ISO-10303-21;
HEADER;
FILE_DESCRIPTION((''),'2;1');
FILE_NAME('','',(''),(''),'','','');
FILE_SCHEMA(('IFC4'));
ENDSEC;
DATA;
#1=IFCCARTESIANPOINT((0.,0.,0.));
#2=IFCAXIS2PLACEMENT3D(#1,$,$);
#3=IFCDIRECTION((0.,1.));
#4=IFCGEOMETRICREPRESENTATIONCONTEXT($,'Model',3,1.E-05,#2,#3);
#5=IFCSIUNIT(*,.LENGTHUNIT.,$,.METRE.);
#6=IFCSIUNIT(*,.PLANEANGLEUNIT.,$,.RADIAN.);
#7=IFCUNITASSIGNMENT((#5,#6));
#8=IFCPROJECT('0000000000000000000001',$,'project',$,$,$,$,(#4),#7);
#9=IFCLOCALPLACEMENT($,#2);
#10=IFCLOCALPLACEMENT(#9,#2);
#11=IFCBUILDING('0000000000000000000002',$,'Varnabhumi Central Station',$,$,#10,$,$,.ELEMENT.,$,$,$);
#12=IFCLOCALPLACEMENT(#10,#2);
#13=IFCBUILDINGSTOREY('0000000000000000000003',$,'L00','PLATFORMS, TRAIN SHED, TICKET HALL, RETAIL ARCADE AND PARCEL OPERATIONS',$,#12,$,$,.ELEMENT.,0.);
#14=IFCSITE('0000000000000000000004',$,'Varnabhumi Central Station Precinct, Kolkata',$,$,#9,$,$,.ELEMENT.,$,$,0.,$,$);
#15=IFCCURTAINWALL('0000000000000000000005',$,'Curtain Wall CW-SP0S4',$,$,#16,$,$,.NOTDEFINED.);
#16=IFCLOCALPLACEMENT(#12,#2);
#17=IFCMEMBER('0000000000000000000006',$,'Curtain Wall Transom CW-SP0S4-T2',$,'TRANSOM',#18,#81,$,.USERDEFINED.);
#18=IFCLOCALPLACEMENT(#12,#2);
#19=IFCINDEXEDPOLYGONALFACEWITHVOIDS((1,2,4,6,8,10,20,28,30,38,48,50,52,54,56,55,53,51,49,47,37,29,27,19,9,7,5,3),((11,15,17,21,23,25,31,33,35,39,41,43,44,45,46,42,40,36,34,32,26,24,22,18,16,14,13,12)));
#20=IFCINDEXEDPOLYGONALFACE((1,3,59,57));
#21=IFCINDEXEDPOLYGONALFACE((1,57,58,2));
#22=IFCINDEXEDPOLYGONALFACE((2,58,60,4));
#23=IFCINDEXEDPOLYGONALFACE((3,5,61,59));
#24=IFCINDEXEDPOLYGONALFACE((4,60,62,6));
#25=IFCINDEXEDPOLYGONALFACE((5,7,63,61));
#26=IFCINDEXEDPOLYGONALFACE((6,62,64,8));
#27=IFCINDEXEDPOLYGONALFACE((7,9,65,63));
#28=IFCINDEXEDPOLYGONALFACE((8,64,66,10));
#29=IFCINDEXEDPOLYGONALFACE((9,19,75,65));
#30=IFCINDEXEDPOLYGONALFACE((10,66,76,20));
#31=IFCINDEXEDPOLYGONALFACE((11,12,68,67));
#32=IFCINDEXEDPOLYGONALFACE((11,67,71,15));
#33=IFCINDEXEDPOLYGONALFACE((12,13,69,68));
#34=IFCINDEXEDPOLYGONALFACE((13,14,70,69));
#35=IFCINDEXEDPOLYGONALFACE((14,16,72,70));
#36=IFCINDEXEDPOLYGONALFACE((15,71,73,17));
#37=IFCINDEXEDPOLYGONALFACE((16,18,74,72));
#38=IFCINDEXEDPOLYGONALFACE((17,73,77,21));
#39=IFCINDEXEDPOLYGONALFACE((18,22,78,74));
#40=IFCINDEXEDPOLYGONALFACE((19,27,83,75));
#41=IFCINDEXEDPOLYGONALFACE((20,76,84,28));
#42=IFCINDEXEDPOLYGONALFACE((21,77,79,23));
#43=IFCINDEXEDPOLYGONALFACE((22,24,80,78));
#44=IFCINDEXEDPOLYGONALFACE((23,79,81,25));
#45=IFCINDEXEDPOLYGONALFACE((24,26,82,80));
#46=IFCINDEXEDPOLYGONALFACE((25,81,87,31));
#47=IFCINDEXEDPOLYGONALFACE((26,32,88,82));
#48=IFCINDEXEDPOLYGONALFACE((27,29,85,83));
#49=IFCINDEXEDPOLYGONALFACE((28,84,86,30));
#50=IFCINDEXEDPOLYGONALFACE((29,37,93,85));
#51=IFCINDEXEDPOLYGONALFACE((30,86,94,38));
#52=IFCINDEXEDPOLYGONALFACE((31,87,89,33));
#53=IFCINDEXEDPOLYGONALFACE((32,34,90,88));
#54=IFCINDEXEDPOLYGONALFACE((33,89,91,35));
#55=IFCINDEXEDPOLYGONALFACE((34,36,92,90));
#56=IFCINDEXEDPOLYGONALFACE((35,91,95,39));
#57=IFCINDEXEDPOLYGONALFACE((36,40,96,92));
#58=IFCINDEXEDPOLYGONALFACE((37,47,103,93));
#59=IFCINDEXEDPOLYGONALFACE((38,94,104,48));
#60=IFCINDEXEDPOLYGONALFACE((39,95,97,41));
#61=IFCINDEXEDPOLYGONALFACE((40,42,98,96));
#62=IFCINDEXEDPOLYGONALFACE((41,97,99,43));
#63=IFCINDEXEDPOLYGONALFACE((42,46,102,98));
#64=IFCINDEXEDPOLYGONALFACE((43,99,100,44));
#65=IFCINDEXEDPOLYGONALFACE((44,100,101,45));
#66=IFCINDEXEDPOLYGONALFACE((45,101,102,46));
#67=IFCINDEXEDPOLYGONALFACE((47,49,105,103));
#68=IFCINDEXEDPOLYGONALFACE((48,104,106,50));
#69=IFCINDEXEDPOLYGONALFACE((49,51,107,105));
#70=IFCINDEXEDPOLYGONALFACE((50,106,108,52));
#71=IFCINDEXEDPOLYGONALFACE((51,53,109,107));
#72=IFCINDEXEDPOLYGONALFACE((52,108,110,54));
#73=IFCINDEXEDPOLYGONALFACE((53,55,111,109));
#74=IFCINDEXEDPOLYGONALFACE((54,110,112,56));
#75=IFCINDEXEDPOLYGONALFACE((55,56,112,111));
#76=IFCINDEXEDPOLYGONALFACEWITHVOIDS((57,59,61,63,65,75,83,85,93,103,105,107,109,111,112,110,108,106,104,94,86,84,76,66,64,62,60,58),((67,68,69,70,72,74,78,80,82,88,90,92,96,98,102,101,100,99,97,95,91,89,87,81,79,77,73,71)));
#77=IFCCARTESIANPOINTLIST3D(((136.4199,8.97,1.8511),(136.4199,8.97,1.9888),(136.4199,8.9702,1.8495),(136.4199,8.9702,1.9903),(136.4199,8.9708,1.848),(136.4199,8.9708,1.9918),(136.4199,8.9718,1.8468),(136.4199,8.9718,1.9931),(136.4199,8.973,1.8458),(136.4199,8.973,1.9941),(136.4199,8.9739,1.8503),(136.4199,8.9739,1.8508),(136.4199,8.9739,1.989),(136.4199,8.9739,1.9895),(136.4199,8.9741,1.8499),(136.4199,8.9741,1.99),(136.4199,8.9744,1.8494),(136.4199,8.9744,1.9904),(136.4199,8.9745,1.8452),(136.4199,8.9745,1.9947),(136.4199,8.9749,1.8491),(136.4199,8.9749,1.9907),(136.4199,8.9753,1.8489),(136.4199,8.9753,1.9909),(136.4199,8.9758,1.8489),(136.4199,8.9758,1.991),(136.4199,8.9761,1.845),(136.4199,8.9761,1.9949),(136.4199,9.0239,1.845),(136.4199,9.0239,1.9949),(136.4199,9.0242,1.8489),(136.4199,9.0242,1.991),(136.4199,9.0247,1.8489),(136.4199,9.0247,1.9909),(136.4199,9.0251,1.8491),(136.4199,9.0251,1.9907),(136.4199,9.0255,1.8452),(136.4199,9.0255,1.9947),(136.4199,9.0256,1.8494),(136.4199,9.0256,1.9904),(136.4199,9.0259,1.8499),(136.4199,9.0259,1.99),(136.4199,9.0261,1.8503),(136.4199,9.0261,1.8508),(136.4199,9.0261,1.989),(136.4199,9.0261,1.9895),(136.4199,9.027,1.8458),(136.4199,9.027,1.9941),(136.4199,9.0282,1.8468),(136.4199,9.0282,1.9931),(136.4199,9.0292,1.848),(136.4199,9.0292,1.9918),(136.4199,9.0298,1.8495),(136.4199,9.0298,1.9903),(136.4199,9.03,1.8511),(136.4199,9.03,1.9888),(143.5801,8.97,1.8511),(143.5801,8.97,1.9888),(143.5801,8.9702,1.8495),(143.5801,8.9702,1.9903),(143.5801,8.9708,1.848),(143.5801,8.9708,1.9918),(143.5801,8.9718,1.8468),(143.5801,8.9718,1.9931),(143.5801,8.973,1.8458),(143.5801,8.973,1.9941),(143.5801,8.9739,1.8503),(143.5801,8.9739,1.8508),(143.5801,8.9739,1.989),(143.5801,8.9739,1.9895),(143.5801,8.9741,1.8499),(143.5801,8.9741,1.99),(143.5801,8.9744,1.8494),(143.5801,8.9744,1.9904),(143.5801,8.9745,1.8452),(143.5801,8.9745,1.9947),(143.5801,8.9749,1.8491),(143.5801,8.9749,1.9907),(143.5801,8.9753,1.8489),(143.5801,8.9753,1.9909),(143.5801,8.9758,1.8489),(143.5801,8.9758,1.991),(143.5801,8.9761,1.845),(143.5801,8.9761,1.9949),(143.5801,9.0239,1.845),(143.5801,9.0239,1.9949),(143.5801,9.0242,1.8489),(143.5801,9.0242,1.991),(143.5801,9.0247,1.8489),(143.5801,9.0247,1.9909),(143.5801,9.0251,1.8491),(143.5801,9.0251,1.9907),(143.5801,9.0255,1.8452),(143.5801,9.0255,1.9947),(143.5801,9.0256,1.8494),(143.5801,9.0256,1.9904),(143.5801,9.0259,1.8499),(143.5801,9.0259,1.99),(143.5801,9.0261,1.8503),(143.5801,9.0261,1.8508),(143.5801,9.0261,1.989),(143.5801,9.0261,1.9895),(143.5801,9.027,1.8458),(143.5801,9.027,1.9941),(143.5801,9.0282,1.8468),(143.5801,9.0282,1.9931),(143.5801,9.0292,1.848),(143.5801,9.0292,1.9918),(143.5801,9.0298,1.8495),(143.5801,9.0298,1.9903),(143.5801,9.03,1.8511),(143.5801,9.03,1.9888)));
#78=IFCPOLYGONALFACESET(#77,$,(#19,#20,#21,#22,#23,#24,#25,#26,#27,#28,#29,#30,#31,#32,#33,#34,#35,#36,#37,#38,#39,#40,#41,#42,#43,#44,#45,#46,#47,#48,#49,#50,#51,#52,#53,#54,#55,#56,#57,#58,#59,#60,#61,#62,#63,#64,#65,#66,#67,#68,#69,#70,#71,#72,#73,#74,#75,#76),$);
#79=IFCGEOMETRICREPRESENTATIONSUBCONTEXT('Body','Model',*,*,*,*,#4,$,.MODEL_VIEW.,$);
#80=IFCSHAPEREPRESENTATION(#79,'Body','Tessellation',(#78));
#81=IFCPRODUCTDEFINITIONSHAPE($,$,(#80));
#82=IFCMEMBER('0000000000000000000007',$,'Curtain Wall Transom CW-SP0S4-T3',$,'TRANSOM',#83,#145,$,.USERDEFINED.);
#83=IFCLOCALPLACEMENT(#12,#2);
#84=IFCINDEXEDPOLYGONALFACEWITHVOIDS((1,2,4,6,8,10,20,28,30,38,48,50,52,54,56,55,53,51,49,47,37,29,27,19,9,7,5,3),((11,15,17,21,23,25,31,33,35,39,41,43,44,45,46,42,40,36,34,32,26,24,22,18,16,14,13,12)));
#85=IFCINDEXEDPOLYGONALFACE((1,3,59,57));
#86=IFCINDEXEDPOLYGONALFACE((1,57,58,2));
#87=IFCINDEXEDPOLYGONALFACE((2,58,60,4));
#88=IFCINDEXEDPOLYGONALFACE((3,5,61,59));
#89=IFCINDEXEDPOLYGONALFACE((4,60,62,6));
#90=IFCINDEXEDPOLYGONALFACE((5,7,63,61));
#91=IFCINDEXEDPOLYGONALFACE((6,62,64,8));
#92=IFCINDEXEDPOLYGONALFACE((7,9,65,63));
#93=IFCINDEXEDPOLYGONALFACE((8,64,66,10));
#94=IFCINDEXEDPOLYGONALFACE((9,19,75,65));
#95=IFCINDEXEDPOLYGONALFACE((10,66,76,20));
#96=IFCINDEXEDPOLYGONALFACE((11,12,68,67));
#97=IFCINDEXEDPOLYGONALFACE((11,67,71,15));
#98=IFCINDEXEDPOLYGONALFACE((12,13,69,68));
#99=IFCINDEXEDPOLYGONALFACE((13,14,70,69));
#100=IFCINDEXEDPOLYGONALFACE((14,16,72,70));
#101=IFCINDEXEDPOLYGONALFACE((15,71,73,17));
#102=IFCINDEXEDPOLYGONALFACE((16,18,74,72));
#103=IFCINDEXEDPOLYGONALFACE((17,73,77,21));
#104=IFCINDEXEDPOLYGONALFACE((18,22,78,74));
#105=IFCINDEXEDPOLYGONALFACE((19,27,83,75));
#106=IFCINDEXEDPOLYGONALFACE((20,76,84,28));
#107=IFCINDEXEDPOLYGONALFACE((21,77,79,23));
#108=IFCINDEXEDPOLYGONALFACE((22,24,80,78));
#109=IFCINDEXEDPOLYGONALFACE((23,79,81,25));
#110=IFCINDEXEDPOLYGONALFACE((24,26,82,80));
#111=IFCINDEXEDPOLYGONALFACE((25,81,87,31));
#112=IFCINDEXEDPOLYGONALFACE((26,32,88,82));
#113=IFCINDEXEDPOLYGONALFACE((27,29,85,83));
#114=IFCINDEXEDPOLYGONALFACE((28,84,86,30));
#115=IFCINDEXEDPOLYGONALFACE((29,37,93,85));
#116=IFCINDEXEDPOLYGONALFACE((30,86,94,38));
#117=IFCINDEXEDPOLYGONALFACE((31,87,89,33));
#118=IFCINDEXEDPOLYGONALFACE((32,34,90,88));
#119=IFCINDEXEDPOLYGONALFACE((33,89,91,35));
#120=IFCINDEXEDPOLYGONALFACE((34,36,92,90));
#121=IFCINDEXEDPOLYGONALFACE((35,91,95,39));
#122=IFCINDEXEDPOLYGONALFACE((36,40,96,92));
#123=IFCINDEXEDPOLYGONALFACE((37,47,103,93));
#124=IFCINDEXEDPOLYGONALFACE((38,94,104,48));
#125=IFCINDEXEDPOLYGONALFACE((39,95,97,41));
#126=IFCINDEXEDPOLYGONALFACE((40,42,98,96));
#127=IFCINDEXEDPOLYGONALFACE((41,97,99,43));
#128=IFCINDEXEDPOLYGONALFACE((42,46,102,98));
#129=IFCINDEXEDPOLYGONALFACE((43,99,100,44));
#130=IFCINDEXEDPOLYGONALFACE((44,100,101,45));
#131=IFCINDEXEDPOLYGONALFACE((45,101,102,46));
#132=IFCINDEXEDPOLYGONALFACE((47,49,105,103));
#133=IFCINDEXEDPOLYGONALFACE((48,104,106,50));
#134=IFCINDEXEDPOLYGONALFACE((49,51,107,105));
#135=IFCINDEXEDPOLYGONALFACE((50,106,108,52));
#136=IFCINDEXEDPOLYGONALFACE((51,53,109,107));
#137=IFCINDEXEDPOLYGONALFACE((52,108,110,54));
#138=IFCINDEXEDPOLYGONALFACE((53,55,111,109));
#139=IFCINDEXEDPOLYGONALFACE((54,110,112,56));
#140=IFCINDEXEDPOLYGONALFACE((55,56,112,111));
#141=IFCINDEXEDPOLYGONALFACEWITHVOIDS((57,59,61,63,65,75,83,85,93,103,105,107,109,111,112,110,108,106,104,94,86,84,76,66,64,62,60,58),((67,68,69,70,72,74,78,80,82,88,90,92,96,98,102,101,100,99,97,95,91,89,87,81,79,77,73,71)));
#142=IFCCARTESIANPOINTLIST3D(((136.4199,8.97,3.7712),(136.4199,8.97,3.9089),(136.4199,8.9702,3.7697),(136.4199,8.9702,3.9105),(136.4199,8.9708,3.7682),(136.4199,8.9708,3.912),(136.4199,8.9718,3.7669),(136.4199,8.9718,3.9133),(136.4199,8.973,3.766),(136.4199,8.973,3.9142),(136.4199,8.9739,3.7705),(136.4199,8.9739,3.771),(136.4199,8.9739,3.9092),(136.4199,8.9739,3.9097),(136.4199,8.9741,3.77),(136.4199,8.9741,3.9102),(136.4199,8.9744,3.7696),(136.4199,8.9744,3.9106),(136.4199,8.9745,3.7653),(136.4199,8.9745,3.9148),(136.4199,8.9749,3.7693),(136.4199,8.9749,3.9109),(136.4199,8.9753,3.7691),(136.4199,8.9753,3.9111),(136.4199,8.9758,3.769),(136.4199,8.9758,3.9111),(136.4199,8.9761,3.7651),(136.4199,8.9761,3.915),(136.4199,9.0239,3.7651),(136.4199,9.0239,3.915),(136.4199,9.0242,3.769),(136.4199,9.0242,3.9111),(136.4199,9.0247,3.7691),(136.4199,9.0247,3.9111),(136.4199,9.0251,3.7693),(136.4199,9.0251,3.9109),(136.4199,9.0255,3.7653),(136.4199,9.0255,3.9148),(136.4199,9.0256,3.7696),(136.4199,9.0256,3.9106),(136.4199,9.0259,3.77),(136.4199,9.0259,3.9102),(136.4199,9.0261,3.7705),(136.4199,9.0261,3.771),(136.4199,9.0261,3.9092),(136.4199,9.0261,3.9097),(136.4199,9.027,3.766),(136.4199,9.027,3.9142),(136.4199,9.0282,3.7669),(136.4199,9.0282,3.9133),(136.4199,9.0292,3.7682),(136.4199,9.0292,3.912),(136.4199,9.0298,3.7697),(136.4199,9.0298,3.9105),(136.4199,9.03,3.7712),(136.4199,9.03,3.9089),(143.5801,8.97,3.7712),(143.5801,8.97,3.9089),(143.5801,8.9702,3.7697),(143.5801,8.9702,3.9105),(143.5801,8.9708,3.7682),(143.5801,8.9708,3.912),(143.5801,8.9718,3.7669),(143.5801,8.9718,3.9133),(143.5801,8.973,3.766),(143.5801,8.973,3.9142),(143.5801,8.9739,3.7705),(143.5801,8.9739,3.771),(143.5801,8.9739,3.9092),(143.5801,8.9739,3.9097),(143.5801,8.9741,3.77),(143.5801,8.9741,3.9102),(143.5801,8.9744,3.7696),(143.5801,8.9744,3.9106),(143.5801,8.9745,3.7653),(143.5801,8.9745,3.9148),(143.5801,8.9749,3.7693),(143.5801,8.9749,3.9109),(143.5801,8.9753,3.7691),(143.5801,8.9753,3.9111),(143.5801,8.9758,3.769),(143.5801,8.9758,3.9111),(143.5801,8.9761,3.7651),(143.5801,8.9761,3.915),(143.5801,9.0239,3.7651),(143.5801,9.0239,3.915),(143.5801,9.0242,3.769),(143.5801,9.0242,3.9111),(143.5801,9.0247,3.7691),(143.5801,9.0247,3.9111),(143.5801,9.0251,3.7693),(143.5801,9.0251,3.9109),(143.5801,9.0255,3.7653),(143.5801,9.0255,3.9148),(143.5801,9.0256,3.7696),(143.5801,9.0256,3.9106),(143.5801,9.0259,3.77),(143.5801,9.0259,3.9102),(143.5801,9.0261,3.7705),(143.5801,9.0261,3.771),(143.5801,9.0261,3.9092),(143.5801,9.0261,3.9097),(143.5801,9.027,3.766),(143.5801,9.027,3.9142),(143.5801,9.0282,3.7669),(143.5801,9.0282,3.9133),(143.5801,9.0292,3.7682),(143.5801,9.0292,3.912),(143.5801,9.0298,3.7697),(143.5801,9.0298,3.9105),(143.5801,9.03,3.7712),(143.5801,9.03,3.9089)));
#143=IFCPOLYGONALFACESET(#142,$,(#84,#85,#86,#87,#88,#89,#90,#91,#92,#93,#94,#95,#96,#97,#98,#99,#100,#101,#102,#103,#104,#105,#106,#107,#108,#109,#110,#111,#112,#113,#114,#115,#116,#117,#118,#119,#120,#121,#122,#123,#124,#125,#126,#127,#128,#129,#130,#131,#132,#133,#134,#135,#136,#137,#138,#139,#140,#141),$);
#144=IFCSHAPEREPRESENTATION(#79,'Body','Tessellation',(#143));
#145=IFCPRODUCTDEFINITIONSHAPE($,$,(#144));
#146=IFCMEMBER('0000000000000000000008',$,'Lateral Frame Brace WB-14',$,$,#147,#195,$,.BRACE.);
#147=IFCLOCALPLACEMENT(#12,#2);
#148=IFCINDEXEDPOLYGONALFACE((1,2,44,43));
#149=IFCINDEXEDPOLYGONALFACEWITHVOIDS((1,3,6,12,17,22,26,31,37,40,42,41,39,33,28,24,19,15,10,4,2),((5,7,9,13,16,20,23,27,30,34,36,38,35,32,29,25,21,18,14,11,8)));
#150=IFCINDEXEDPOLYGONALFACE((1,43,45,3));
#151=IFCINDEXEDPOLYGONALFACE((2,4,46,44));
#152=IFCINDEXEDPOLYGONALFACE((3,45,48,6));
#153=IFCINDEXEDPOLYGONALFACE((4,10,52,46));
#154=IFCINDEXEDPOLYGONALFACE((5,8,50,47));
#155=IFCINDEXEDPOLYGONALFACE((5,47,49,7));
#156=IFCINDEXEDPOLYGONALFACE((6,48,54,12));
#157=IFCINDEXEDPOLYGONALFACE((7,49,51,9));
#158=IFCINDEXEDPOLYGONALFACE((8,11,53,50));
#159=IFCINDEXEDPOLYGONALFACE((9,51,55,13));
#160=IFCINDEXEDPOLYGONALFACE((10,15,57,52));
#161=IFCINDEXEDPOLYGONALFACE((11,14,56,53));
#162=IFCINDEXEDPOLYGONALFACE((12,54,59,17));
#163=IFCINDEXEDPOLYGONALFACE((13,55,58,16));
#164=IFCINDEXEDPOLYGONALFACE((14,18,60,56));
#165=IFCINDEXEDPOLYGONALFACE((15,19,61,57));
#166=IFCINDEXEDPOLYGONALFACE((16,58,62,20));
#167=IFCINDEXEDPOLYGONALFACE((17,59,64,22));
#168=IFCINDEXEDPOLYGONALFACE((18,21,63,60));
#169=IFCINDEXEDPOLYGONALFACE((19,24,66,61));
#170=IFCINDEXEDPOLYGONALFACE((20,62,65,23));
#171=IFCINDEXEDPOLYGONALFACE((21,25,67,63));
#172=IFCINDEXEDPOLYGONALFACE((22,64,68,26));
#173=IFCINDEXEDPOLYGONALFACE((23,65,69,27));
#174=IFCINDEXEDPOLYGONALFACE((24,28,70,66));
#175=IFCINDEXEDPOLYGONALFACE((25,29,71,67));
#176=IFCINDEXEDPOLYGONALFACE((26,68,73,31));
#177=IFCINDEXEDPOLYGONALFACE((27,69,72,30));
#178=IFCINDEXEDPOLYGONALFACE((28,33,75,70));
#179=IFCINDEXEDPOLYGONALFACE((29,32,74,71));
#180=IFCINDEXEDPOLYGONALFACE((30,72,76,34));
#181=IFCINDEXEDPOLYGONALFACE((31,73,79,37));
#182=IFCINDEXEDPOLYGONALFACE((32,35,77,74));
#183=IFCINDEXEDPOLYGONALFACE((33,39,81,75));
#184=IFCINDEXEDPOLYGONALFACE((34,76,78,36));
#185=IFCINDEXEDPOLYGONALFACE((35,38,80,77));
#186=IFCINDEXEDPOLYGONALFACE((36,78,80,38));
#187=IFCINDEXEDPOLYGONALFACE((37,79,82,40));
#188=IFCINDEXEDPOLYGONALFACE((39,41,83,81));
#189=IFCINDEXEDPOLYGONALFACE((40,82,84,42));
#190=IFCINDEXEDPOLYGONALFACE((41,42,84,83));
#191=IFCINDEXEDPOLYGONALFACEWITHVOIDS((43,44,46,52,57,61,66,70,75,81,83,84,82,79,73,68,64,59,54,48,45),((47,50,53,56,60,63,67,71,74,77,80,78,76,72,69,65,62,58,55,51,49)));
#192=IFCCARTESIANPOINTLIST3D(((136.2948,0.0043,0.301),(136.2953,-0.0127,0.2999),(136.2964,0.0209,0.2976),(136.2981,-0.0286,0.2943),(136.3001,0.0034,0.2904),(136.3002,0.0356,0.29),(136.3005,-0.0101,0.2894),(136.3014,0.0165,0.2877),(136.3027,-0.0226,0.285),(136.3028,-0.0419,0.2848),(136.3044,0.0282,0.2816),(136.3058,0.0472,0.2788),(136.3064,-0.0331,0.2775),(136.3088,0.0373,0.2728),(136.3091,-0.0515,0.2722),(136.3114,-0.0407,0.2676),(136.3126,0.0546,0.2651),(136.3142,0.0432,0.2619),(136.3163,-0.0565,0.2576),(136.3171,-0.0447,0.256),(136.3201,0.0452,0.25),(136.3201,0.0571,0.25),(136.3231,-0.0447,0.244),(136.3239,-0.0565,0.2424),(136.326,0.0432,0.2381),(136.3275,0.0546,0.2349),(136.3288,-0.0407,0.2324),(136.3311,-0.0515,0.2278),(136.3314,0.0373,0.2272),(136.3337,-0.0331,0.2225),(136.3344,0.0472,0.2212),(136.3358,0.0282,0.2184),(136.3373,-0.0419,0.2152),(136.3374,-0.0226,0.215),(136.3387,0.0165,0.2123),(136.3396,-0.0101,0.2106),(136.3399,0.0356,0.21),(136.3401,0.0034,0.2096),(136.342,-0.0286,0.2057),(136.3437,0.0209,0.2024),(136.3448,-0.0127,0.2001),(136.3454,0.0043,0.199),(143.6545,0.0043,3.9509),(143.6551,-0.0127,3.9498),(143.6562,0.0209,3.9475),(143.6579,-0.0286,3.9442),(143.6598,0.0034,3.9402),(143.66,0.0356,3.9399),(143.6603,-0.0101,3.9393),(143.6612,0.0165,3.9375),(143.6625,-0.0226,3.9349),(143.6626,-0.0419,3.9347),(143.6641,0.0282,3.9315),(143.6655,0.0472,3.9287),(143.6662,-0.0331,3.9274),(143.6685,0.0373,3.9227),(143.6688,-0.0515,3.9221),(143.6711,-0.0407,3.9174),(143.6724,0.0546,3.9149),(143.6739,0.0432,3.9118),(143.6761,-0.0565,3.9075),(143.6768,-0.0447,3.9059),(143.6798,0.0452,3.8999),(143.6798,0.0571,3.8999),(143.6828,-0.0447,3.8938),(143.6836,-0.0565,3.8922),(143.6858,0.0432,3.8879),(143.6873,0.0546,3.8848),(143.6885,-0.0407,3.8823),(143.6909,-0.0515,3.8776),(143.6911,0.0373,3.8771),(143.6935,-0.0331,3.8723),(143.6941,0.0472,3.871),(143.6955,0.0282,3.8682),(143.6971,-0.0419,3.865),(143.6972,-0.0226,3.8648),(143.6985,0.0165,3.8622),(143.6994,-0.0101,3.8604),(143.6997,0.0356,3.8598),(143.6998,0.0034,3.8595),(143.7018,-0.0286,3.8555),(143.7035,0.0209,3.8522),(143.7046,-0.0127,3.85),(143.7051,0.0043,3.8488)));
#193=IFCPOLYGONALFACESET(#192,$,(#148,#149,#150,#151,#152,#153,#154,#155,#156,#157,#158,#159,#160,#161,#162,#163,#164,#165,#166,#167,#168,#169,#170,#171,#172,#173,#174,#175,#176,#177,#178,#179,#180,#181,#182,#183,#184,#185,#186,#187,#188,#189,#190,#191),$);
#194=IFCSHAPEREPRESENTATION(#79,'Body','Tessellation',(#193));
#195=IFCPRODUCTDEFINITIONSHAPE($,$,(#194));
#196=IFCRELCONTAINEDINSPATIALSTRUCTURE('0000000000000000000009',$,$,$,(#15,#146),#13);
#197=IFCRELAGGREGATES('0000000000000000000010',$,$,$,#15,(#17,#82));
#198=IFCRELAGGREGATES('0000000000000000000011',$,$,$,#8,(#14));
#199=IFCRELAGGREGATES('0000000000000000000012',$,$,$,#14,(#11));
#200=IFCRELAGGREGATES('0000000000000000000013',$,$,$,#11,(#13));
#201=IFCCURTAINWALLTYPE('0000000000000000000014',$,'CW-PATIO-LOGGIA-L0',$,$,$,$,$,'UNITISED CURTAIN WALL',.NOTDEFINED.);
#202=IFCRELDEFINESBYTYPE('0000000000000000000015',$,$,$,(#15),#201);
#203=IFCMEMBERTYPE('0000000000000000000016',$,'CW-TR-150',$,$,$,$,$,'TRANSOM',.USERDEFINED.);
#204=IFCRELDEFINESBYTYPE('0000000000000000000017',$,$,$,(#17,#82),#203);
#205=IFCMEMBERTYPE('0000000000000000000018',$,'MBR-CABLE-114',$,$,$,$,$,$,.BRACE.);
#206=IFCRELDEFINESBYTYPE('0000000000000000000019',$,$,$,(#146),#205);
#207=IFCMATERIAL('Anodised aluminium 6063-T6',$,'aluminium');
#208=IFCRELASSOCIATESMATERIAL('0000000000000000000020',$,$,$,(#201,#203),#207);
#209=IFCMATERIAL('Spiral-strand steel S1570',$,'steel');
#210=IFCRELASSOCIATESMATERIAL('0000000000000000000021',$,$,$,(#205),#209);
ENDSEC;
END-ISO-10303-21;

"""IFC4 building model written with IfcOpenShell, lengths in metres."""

from ifc_helpers import new_model, si_unit, direction, frame, origin, origin_2d, place, context, subcontext, project, spatial, hollow_rectangle, hollow_circle, extrude, material, material_profile, profile_set, type_object, element, aggregate, save


model = new_model("IFC4")

# Units and contexts
model_context = context("Model", 3, precision=1e-05, world=origin(), true_north=direction((0.0, 1.0)))
body_context = subcontext(model_context, "Body", "Model", "MODEL_VIEW")
ifc_project = project(units=[si_unit("LENGTHUNIT", "METRE"), si_unit("PLANEANGLEUNIT", "RADIAN")], contexts=[model_context])

# Site, building, storey
site_placement = place(None, origin())
site = spatial("IfcSite", under=ifc_project, at=site_placement, Name="Varnabhumi Central Station Precinct, Kolkata", CompositionType="ELEMENT", RefElevation=0.0)
building_placement = place(site_placement, origin())
building = spatial("IfcBuilding", under=site, at=building_placement, Name="Varnabhumi Central Station", CompositionType="ELEMENT")
storey_placement = place(building_placement, origin())
storey = spatial("IfcBuildingStorey", under=building, at=storey_placement, Name="L00", Description="PLATFORMS, TRAIN SHED, TICKET HALL, RETAIL ARCADE AND PARCEL OPERATIONS", CompositionType="ELEMENT", Elevation=0.0)

# Shared definitions
ifc_material_1 = material(Name="Anodised aluminium 6063-T6", Category="aluminium")
curtain_wall_type = type_object("IfcCurtainWallType", Name="CW-PATIO-LOGGIA-L0", ElementType="UNITISED CURTAIN WALL", PredefinedType="NOTDEFINED", material=ifc_material_1)

# Curtain wall, members
curtain_wall_1_placement = place(storey_placement, origin())
curtain_wall_1 = element("IfcCurtainWall", 1, at=curtain_wall_1_placement, inside=storey, type_object=curtain_wall_type, Name="Curtain Wall CW-SP0S4", PredefinedType="NOTDEFINED")
ifc_material_profile_1 = material_profile(ifc_material_1, hollow_rectangle(XDim=0.0601, YDim=0.1499, WallThickness=0.0039, InnerFilletRadius=0.002, OuterFilletRadius=0.0061, at=origin_2d()), Name="Anodised aluminium 6063-T6", Category="aluminium")
ifc_profile_set_1 = profile_set([ifc_material_profile_1], Name="Anodised aluminium 6063-T6")
member_type_1 = type_object("IfcMemberType", Name="CW-TR-150", ElementType="TRANSOM", PredefinedType="USERDEFINED", material=ifc_profile_set_1)
member_1_placement = place(storey_placement, frame((136.4199, 9.0, 1.9199), z_axis=(1.0, 0.0, 0.0), x_axis=(0.0, 1.0, 0.0)))
member_1 = element("IfcMember", 2, at=member_1_placement, type_object=member_type_1, Name="Curtain Wall Transom CW-SP0S4-T2", ObjectType="TRANSOM", PredefinedType="USERDEFINED", context=body_context, shape_type="SweptSolid", body=[
    extrude(hollow_rectangle(XDim=0.0601, YDim=0.1499, WallThickness=0.0039, InnerFilletRadius=0.002, OuterFilletRadius=0.0061, at=origin_2d()), origin(), (0.0, 0.0, 1.0), 7.1602),
])
member_2_placement = place(storey_placement, frame((136.4199, 9.0, 3.8401), z_axis=(1.0, 0.0, 0.0), x_axis=(0.0, 1.0, 0.0)))
member_2 = element("IfcMember", 3, at=member_2_placement, type_object=member_type_1, Name="Curtain Wall Transom CW-SP0S4-T3", ObjectType="TRANSOM", PredefinedType="USERDEFINED", context=body_context, shape_type="SweptSolid", body=[
    extrude(hollow_rectangle(XDim=0.0601, YDim=0.1499, WallThickness=0.0039, InnerFilletRadius=0.002, OuterFilletRadius=0.0061, at=origin_2d()), origin(), (0.0, 0.0, 1.0), 7.1602),
])

# Member
ifc_material_2 = material(Name="Spiral-strand steel S1570", Category="steel")
ifc_material_profile_2 = material_profile(ifc_material_2, hollow_circle(Radius=0.0571, WallThickness=0.012, at=origin_2d()), Name="Spiral-strand steel S1570", Category="steel")
ifc_profile_set_2 = profile_set([ifc_material_profile_2], Name="Spiral-strand steel S1570")
member_type_2 = type_object("IfcMemberType", Name="MBR-CABLE-114", PredefinedType="BRACE", material=ifc_profile_set_2)
member_3_placement = place(storey_placement, frame((136.3201, 0.0, 0.25), z_axis=(0.895885, 0.0, 0.444287), x_axis=(0.0, 1.0, 0.0)))
element("IfcMember", 4, at=member_3_placement, inside=storey, type_object=member_type_2, Name="Lateral Frame Brace WB-14", PredefinedType="BRACE", context=body_context, shape_type="SweptSolid", body=[
    extrude(hollow_circle(Radius=0.0571, WallThickness=0.012, at=origin_2d()), origin(), (0.0, 0.0, 1.0), 8.2151),
])

aggregate(curtain_wall_1, [member_1, member_2])

save(model, "model.ifc")
